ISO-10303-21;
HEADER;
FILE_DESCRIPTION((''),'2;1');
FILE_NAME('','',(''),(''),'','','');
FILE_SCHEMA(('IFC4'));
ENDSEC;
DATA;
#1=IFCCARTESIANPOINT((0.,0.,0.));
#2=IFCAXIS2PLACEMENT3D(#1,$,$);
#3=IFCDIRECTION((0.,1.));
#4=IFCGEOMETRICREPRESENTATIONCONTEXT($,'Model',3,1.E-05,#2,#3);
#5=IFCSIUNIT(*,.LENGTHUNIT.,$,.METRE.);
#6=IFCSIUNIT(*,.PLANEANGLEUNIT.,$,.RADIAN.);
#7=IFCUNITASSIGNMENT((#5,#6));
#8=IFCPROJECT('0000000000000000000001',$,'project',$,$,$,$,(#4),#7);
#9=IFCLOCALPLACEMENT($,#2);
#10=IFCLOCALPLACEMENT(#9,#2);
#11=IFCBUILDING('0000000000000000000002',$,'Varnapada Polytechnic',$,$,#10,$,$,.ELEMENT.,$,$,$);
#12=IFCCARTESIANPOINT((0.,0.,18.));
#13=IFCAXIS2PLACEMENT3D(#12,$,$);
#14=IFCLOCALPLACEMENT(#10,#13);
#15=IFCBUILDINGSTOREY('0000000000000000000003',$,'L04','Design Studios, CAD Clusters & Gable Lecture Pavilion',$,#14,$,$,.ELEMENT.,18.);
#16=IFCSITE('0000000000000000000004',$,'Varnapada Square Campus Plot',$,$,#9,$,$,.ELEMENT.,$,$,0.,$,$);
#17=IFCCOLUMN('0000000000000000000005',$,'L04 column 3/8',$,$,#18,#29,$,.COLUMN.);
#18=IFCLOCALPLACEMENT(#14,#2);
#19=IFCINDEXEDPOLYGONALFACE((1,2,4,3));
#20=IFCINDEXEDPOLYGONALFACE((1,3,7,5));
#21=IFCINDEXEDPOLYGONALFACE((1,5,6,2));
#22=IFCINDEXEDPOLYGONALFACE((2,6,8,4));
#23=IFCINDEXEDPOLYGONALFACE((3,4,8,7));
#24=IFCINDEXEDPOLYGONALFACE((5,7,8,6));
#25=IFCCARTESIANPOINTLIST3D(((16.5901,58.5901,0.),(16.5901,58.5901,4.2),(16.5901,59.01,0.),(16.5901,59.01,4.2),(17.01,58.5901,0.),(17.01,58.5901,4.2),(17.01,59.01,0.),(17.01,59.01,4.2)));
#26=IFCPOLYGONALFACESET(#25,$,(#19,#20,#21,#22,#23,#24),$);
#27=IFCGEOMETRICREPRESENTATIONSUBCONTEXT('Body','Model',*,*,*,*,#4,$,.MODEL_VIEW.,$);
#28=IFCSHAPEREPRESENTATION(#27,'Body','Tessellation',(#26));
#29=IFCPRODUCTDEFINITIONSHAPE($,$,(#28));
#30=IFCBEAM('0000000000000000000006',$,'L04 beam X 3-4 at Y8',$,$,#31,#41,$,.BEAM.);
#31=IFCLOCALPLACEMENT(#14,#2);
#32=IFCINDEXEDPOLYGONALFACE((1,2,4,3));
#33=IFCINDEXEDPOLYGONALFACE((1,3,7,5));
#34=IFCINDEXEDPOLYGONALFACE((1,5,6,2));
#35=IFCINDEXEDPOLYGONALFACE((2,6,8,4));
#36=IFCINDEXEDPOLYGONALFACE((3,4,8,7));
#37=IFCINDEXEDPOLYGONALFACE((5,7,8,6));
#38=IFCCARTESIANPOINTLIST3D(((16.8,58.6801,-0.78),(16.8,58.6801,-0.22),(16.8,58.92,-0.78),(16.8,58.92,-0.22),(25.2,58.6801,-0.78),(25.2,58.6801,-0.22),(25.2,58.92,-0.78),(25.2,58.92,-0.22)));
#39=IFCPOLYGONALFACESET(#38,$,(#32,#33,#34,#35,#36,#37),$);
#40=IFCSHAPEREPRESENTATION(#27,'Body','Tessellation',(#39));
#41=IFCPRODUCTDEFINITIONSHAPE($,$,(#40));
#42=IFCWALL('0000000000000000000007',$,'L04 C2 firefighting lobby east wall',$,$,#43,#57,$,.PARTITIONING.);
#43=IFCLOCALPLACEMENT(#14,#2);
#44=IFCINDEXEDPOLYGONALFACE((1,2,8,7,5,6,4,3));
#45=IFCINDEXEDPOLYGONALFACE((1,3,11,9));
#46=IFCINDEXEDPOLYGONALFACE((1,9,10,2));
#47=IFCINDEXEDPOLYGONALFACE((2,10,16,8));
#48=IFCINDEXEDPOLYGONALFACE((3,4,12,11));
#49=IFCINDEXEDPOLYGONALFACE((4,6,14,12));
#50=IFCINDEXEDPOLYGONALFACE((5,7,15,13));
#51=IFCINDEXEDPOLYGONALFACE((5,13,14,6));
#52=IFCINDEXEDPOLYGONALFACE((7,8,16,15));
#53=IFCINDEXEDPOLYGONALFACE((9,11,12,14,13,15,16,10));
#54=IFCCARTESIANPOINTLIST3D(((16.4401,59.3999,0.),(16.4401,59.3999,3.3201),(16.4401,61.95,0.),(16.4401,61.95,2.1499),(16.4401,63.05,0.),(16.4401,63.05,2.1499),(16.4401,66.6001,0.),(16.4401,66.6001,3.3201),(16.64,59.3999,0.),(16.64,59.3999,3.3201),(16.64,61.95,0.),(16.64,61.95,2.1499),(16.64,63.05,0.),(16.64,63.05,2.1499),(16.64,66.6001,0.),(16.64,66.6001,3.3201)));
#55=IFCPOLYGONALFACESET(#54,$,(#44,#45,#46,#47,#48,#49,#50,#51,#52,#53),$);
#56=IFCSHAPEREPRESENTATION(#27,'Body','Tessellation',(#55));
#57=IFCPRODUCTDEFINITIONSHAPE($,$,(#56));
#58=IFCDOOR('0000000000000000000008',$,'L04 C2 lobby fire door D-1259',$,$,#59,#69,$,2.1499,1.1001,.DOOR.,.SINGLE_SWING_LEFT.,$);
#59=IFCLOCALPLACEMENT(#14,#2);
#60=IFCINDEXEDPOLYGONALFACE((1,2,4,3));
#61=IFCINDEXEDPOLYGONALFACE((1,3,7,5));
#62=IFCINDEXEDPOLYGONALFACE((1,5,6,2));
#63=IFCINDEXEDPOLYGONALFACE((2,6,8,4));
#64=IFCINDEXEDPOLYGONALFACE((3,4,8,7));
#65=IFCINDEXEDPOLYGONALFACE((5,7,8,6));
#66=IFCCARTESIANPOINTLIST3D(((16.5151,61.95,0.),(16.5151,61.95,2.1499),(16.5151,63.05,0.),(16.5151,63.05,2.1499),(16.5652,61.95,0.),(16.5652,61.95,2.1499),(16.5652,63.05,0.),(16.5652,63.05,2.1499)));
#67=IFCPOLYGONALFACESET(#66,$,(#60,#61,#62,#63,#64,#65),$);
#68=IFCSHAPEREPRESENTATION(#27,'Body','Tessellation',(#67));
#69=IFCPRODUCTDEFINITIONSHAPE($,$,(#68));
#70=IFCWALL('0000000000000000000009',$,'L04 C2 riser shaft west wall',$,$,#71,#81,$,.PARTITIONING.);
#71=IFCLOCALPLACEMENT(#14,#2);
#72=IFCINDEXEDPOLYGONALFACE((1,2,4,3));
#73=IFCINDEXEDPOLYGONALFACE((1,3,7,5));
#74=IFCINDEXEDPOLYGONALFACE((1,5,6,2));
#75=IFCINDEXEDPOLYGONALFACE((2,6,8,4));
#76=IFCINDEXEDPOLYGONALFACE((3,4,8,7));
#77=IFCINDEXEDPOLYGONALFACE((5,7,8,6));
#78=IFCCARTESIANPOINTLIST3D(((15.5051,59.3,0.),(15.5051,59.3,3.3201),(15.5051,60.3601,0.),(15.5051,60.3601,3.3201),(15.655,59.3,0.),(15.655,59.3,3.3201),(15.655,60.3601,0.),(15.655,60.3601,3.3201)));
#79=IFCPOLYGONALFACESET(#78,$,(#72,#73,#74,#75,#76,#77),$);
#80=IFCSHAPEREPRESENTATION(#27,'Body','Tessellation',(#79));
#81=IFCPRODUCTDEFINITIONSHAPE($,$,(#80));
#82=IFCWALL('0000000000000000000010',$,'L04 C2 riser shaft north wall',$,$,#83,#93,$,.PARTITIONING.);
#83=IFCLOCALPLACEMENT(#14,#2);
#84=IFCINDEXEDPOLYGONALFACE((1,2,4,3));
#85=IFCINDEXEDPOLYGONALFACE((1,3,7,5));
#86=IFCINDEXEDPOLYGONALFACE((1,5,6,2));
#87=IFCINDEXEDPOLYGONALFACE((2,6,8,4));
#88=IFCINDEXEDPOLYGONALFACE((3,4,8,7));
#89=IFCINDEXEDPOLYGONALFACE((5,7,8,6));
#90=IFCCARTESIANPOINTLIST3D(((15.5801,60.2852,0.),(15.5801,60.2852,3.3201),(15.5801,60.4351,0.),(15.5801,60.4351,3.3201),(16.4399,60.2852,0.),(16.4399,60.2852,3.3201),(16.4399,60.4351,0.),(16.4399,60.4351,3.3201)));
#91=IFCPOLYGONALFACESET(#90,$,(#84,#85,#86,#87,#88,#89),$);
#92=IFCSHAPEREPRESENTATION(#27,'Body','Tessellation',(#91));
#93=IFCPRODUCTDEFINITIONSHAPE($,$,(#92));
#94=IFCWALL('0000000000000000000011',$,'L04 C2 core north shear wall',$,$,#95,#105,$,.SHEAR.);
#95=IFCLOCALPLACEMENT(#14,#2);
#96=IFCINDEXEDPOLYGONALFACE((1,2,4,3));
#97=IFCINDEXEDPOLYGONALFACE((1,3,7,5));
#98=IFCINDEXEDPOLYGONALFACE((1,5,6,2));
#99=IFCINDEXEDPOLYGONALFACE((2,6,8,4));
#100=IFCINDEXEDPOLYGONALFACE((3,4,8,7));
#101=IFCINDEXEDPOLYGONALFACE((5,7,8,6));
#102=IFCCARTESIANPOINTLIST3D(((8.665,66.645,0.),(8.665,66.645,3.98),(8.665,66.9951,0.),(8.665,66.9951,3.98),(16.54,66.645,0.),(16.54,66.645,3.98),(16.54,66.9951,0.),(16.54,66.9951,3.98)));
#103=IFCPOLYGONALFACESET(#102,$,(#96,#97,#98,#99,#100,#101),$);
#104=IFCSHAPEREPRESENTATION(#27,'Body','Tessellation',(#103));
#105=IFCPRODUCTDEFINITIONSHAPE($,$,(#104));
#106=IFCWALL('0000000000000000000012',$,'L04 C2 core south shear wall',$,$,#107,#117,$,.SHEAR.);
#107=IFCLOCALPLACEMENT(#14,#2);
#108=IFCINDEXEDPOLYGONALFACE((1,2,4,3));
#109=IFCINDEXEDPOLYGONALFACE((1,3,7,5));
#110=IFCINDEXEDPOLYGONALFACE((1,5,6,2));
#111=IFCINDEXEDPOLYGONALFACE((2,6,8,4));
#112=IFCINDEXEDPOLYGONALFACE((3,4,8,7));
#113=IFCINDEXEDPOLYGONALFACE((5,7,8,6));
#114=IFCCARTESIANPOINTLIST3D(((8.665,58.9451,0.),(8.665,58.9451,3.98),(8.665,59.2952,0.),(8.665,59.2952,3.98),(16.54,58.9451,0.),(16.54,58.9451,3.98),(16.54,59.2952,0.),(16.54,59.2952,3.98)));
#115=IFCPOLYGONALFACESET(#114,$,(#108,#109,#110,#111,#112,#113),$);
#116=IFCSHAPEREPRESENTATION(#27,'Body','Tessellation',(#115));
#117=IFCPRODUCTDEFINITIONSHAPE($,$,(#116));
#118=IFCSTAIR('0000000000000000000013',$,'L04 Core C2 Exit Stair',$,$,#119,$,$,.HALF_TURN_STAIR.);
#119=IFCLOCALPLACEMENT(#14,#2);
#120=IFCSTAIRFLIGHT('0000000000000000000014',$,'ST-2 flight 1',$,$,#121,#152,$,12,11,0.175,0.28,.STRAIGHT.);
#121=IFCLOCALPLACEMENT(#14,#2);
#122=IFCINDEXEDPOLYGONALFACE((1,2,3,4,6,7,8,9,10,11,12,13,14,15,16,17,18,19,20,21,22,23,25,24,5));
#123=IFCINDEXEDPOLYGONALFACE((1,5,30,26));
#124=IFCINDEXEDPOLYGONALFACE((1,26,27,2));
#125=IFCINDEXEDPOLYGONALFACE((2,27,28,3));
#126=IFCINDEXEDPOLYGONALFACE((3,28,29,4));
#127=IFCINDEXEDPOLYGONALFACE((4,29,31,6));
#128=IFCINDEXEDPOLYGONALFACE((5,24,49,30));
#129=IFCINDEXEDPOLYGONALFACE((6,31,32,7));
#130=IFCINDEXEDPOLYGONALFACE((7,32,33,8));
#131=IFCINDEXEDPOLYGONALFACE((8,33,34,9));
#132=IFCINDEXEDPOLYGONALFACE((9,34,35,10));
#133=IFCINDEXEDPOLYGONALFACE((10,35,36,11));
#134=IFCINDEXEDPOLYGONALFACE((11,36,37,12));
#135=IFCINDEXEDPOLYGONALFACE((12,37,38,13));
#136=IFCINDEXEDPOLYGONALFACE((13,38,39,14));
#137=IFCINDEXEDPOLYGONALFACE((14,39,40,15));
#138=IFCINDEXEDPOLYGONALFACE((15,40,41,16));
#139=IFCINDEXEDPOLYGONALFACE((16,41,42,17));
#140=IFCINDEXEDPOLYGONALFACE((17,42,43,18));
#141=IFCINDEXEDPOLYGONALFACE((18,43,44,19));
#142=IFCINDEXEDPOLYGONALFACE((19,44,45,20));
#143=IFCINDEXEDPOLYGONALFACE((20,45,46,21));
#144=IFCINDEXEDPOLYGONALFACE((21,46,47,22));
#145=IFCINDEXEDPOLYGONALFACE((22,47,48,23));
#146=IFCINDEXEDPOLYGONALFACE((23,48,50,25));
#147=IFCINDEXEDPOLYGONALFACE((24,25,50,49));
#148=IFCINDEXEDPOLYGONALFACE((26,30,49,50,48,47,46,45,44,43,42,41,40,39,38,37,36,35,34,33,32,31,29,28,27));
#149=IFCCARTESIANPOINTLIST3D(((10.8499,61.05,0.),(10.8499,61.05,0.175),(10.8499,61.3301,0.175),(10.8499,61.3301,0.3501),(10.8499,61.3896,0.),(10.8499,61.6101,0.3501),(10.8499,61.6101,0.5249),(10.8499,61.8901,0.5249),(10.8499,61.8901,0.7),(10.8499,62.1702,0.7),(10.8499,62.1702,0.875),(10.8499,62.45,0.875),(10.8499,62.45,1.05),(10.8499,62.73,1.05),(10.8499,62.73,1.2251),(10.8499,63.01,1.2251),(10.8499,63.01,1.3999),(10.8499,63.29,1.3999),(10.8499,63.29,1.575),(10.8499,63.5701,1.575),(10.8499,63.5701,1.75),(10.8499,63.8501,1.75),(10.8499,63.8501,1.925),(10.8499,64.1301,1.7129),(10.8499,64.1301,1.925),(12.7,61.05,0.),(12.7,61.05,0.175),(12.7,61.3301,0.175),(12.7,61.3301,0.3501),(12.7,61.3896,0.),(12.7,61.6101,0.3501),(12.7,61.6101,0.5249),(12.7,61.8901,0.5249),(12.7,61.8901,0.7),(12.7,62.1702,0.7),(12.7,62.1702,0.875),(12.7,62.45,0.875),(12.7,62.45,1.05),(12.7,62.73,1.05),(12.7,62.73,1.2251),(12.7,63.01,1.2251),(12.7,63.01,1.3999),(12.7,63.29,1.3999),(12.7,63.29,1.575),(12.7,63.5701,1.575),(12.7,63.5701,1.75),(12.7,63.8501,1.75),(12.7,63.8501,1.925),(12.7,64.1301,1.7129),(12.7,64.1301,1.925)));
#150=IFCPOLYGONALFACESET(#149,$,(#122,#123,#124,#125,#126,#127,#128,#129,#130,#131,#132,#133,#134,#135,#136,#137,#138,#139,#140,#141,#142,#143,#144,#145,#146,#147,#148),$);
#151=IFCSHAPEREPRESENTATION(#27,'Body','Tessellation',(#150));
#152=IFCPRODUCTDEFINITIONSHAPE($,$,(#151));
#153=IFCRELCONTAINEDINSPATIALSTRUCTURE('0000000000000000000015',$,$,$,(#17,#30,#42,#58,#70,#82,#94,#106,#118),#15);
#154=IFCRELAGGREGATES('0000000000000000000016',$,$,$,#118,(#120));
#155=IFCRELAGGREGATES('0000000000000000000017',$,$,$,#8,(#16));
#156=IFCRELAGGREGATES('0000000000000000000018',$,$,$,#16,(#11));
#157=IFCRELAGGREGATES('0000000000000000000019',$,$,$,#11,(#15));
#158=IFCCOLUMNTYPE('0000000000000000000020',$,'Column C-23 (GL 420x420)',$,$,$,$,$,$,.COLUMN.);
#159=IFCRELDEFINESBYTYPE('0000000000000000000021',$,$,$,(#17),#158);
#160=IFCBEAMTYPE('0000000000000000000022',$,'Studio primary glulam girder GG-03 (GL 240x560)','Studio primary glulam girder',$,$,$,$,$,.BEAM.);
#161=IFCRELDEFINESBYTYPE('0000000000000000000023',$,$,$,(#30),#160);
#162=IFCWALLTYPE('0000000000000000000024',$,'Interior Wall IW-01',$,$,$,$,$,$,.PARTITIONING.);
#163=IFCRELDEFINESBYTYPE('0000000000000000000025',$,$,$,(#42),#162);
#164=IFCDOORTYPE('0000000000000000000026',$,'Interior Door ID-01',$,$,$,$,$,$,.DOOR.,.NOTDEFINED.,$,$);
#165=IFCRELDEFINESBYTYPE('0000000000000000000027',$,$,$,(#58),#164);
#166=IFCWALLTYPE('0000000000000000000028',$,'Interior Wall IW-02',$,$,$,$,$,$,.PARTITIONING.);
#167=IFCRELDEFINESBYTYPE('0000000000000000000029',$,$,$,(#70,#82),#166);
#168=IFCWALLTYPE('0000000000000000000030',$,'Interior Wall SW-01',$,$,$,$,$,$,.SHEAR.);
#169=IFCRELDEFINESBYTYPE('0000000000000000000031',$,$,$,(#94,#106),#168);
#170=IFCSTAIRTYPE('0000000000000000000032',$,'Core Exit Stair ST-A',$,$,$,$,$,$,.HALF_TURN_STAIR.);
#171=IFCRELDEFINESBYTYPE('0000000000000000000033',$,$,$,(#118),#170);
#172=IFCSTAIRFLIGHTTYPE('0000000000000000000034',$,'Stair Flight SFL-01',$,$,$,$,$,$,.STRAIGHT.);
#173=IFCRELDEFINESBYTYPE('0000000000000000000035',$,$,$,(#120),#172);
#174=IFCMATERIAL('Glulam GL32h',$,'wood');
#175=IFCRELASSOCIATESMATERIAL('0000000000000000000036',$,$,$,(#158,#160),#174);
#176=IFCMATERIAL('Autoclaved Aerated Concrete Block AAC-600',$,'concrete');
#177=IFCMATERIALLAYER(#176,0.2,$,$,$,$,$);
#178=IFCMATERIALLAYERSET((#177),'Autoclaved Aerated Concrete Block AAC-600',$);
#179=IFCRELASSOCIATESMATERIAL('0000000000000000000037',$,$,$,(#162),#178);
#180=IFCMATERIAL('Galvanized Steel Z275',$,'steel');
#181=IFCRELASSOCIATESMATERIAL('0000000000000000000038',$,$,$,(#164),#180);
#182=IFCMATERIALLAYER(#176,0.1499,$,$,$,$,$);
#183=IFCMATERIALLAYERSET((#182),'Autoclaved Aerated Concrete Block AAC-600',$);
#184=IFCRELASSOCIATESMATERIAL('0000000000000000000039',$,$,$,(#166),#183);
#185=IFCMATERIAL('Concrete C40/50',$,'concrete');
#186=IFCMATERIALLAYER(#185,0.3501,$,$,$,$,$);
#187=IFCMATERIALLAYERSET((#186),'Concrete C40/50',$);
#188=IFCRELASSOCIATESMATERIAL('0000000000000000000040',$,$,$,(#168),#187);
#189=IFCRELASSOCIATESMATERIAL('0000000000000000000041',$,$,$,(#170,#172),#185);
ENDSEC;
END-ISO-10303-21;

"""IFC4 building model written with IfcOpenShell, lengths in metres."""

from ifc_helpers import new_model, si_unit, direction, frame, frame_2d, origin, origin_2d, place, context, subcontext, project, spatial, polyline, rectangle, outline, extrude, material, layer, layer_set, material_profile, profile_set, type_object, element, fill, aggregate, save


model = new_model("IFC4")

# Units and contexts
model_context = context("Model", 3, precision=1e-05, world=origin(), true_north=direction((0.0, 1.0)))
body_context = subcontext(model_context, "Body", "Model", "MODEL_VIEW")
ifc_project = project(units=[si_unit("LENGTHUNIT", "METRE"), si_unit("PLANEANGLEUNIT", "RADIAN")], contexts=[model_context])

# Site, building, storey
site_placement = place(None, origin())
site = spatial("IfcSite", under=ifc_project, at=site_placement, Name="Varnapada Square Campus Plot", CompositionType="ELEMENT", RefElevation=0.0)
building_placement = place(site_placement, origin())
building = spatial("IfcBuilding", under=site, at=building_placement, Name="Varnapada Polytechnic", CompositionType="ELEMENT")
storey_placement = place(building_placement, frame((0.0, 0.0, 18.0)))
storey = spatial("IfcBuildingStorey", under=building, at=storey_placement, Name="L04", Description="Design Studios, CAD Clusters & Gable Lecture Pavilion", CompositionType="ELEMENT", Elevation=18.0)

# Column
ifc_material_1 = material(Name="Glulam GL32h", Category="wood")
ifc_material_profile_1 = material_profile(ifc_material_1, rectangle(XDim=0.4199, YDim=0.4199, at=origin_2d()), Name="GL 420x420")
ifc_profile_set_1 = profile_set([ifc_material_profile_1], Name="Glulam GL32h")
column_type = type_object("IfcColumnType", Name="Column C-23 (GL 420x420)", PredefinedType="COLUMN", material=ifc_profile_set_1)
column_placement = place(storey_placement, frame((16.8, 58.8, 0.0), z_axis=(0.0, 0.0, 1.0), x_axis=(1.0, 0.0, 0.0)))
element("IfcColumn", 1, at=column_placement, inside=storey, type_object=column_type, Name="L04 column 3/8", PredefinedType="COLUMN", context=body_context, shape_type="SweptSolid", body=[
    extrude(rectangle(XDim=0.4199, YDim=0.4199, at=origin_2d()), origin(), (0.0, 0.0, 1.0), 4.2),
])

# Beam
ifc_material_profile_2 = material_profile(ifc_material_1, rectangle(XDim=0.24, YDim=0.5601, at=origin_2d()), Name="GL 240x560")
ifc_profile_set_2 = profile_set([ifc_material_profile_2], Name="Glulam GL32h")
beam_type = type_object("IfcBeamType", Name="Studio primary glulam girder GG-03 (GL 240x560)", Description="Studio primary glulam girder", PredefinedType="BEAM", material=ifc_profile_set_2)
beam_placement = place(storey_placement, frame((16.8, 58.8, -0.5), z_axis=(1.0, 0.0, 0.0), x_axis=(0.0, 1.0, 0.0)))
element("IfcBeam", 2, at=beam_placement, inside=storey, type_object=beam_type, Name="L04 beam X 3-4 at Y8", PredefinedType="BEAM", context=body_context, shape_type="SweptSolid", body=[
    extrude(rectangle(XDim=0.24, YDim=0.5601, at=origin_2d()), origin(), (0.0, 0.0, 1.0), 8.3999),
])

# Wall, opening, door
ifc_material_2 = material(Name="Autoclaved Aerated Concrete Block AAC-600", Category="concrete")
ifc_layer_1 = layer(ifc_material_2, 0.2)
ifc_layer_set_1 = layer_set([ifc_layer_1], Name="Autoclaved Aerated Concrete Block AAC-600")
wall_type_1 = type_object("IfcWallType", Name="Interior Wall IW-01", PredefinedType="PARTITIONING", material=ifc_layer_set_1)
wall_1_placement = place(storey_placement, frame((16.54, 66.6001, 0.0), z_axis=(0.0, 0.0, 1.0), x_axis=(0.0, -1.0, 0.0)))
wall_1 = element("IfcWall", 3, at=wall_1_placement, inside=storey, type_object=wall_type_1, Name="L04 C2 firefighting lobby east wall", PredefinedType="PARTITIONING", context=body_context, shape_type="SweptSolid", body=[
    extrude(rectangle(XDim=7.2002, YDim=0.2, at=frame_2d((3.6001, 0.0))), origin(), (0.0, 0.0, 1.0), 3.3201),
])
opening_1_placement = place(wall_1_placement, frame((3.55, 0.0, 0.0)))
opening_1 = element("IfcOpeningElement", 4, at=opening_1_placement, cuts=wall_1, PredefinedType="OPENING", context=body_context, shape_type="SweptSolid", body=[
    extrude(rectangle(XDim=1.1001, YDim=2.1499, at=frame_2d((0.55, 1.075))), frame((0.0, 0.1099, 0.0), z_axis=(0.0, -1.0, 0.0), x_axis=(1.0, 0.0, 0.0)), (0.0, 0.0, 1.0), 0.22),
])
ifc_material_3 = material(Name="Galvanized Steel Z275", Category="steel")
door_type_1 = type_object("IfcDoorType", Name="Interior Door ID-01", OperationType="NOTDEFINED", PredefinedType="DOOR", material=ifc_material_3)
door_1_placement = place(opening_1_placement, frame((1.1001, 0.0, 0.0), z_axis=(0.0, 0.0, 1.0), x_axis=(-1.0, 0.0, 0.0)))
door_1 = element("IfcDoor", 5, at=door_1_placement, inside=storey, type_object=door_type_1, Name="L04 C2 lobby fire door D-1259", OperationType="SINGLE_SWING_LEFT", OverallHeight=2.1499, OverallWidth=1.1001, PredefinedType="DOOR", context=body_context, shape_type="SweptSolid", body=[
    extrude(rectangle(XDim=1.1001, YDim=2.1499, at=frame_2d((0.55, 1.075))), frame((0.0, 0.0249, 0.0), z_axis=(0.0, -1.0, 0.0), x_axis=(1.0, 0.0, 0.0)), (0.0, 0.0, 1.0), 0.05),
])
fill(opening_1, door_1)

# Walls
ifc_layer_2 = layer(ifc_material_2, 0.1499)
ifc_layer_set_2 = layer_set([ifc_layer_2], Name="Autoclaved Aerated Concrete Block AAC-600")
wall_type_2 = type_object("IfcWallType", Name="Interior Wall IW-02", PredefinedType="PARTITIONING", material=ifc_layer_set_2)
wall_2_placement = place(storey_placement, frame((15.5801, 60.3601, 0.0), z_axis=(0.0, 0.0, 1.0), x_axis=(0.0, -1.0, 0.0)))
element("IfcWall", 6, at=wall_2_placement, inside=storey, type_object=wall_type_2, Name="L04 C2 riser shaft west wall", PredefinedType="PARTITIONING", context=body_context, shape_type="SweptSolid", body=[
    extrude(rectangle(XDim=1.0601, YDim=0.1499, at=frame_2d((0.53, 0.0))), origin(), (0.0, 0.0, 1.0), 3.3201),
])
wall_3_placement = place(storey_placement, frame((15.5801, 60.3601, 0.0), z_axis=(0.0, 0.0, 1.0), x_axis=(1.0, 0.0, 0.0)))
element("IfcWall", 7, at=wall_3_placement, inside=storey, type_object=wall_type_2, Name="L04 C2 riser shaft north wall", PredefinedType="PARTITIONING", context=body_context, shape_type="SweptSolid", body=[
    extrude(rectangle(XDim=0.8599, YDim=0.1499, at=frame_2d((0.4299, 0.0))), origin(), (0.0, 0.0, 1.0), 3.3201),
])
ifc_material_4 = material(Name="Concrete C40/50", Category="concrete")
ifc_layer_3 = layer(ifc_material_4, 0.3501)
ifc_layer_set_3 = layer_set([ifc_layer_3], Name="Concrete C40/50")
wall_type_3 = type_object("IfcWallType", Name="Interior Wall SW-01", PredefinedType="SHEAR", material=ifc_layer_set_3)
for number, where, z_axis, x_axis, name in (
    (8, (8.665, 66.8201, 0.0), (0.0, 0.0, 1.0), (1.0, 0.0, 0.0), "L04 C2 core north shear wall"),
    (9, (16.54, 59.1201, 0.0), (0.0, 0.0, 1.0), (-1.0, 0.0, 0.0), "L04 C2 core south shear wall"),
):
    element("IfcWall", number, at=place(storey_placement, frame(where, z_axis=z_axis, x_axis=x_axis)), inside=storey, type_object=wall_type_3, Name=name, PredefinedType="SHEAR", context=body_context, shape_type="SweptSolid", body=[
        extrude(rectangle(XDim=7.875, YDim=0.3501, at=frame_2d((3.9375, 0.0))), origin(), (0.0, 0.0, 1.0), 3.98),
    ])

# Stair, stair flight
stair_type = type_object("IfcStairType", Name="Core Exit Stair ST-A", PredefinedType="HALF_TURN_STAIR", material=ifc_material_4)
stair_placement = place(storey_placement, origin())
stair = element("IfcStair", 10, at=stair_placement, inside=storey, type_object=stair_type, Name="L04 Core C2 Exit Stair", PredefinedType="HALF_TURN_STAIR")
stair_flight_type = type_object("IfcStairFlightType", Name="Stair Flight SFL-01", PredefinedType="STRAIGHT", material=ifc_material_4)
stair_flight_1_placement = place(storey_placement, frame((11.7749, 61.05, 0.0), z_axis=(0.0, 0.0, 1.0), x_axis=(0.0, 1.0, 0.0)))
stair_flight_1 = element("IfcStairFlight", 11, at=stair_flight_1_placement, type_object=stair_flight_type, Name="ST-2 flight 1", NumberOfRisers=12, NumberOfTreads=11, PredefinedType="STRAIGHT", RiserHeight=0.175, TreadLength=0.28, context=body_context, shape_type="SweptSolid", body=[
    extrude(outline(polyline([(0.0, 0.0), (0.0, 0.175), (0.28, 0.175), (0.28, 0.3501), (0.5601, 0.3501), (0.5601, 0.5249), (0.8401, 0.5249), (0.8401, 0.7), (1.1201, 0.7), (1.1201, 0.875), (1.3999, 0.875), (1.3999, 1.05), (1.6799, 1.05), (1.6799, 1.2251), (1.96, 1.2251), (1.96, 1.3999), (2.24, 1.3999), (2.24, 1.575), (2.52, 1.575), (2.52, 1.75), (2.8, 1.75), (2.8, 1.925), (3.0801, 1.925), (3.0801, 2.1001), (3.0801, 1.7129), (0.3396, 0.0), (0.0, 0.0)])), frame((0.0, 0.925, 0.0), z_axis=(0.0, -1.0, 0.0), x_axis=(1.0, 0.0, 0.0)), (0.0, 0.0, 1.0), 1.8501),
])
aggregate(stair, [stair_flight_1])

save(model, "model.ifc")
